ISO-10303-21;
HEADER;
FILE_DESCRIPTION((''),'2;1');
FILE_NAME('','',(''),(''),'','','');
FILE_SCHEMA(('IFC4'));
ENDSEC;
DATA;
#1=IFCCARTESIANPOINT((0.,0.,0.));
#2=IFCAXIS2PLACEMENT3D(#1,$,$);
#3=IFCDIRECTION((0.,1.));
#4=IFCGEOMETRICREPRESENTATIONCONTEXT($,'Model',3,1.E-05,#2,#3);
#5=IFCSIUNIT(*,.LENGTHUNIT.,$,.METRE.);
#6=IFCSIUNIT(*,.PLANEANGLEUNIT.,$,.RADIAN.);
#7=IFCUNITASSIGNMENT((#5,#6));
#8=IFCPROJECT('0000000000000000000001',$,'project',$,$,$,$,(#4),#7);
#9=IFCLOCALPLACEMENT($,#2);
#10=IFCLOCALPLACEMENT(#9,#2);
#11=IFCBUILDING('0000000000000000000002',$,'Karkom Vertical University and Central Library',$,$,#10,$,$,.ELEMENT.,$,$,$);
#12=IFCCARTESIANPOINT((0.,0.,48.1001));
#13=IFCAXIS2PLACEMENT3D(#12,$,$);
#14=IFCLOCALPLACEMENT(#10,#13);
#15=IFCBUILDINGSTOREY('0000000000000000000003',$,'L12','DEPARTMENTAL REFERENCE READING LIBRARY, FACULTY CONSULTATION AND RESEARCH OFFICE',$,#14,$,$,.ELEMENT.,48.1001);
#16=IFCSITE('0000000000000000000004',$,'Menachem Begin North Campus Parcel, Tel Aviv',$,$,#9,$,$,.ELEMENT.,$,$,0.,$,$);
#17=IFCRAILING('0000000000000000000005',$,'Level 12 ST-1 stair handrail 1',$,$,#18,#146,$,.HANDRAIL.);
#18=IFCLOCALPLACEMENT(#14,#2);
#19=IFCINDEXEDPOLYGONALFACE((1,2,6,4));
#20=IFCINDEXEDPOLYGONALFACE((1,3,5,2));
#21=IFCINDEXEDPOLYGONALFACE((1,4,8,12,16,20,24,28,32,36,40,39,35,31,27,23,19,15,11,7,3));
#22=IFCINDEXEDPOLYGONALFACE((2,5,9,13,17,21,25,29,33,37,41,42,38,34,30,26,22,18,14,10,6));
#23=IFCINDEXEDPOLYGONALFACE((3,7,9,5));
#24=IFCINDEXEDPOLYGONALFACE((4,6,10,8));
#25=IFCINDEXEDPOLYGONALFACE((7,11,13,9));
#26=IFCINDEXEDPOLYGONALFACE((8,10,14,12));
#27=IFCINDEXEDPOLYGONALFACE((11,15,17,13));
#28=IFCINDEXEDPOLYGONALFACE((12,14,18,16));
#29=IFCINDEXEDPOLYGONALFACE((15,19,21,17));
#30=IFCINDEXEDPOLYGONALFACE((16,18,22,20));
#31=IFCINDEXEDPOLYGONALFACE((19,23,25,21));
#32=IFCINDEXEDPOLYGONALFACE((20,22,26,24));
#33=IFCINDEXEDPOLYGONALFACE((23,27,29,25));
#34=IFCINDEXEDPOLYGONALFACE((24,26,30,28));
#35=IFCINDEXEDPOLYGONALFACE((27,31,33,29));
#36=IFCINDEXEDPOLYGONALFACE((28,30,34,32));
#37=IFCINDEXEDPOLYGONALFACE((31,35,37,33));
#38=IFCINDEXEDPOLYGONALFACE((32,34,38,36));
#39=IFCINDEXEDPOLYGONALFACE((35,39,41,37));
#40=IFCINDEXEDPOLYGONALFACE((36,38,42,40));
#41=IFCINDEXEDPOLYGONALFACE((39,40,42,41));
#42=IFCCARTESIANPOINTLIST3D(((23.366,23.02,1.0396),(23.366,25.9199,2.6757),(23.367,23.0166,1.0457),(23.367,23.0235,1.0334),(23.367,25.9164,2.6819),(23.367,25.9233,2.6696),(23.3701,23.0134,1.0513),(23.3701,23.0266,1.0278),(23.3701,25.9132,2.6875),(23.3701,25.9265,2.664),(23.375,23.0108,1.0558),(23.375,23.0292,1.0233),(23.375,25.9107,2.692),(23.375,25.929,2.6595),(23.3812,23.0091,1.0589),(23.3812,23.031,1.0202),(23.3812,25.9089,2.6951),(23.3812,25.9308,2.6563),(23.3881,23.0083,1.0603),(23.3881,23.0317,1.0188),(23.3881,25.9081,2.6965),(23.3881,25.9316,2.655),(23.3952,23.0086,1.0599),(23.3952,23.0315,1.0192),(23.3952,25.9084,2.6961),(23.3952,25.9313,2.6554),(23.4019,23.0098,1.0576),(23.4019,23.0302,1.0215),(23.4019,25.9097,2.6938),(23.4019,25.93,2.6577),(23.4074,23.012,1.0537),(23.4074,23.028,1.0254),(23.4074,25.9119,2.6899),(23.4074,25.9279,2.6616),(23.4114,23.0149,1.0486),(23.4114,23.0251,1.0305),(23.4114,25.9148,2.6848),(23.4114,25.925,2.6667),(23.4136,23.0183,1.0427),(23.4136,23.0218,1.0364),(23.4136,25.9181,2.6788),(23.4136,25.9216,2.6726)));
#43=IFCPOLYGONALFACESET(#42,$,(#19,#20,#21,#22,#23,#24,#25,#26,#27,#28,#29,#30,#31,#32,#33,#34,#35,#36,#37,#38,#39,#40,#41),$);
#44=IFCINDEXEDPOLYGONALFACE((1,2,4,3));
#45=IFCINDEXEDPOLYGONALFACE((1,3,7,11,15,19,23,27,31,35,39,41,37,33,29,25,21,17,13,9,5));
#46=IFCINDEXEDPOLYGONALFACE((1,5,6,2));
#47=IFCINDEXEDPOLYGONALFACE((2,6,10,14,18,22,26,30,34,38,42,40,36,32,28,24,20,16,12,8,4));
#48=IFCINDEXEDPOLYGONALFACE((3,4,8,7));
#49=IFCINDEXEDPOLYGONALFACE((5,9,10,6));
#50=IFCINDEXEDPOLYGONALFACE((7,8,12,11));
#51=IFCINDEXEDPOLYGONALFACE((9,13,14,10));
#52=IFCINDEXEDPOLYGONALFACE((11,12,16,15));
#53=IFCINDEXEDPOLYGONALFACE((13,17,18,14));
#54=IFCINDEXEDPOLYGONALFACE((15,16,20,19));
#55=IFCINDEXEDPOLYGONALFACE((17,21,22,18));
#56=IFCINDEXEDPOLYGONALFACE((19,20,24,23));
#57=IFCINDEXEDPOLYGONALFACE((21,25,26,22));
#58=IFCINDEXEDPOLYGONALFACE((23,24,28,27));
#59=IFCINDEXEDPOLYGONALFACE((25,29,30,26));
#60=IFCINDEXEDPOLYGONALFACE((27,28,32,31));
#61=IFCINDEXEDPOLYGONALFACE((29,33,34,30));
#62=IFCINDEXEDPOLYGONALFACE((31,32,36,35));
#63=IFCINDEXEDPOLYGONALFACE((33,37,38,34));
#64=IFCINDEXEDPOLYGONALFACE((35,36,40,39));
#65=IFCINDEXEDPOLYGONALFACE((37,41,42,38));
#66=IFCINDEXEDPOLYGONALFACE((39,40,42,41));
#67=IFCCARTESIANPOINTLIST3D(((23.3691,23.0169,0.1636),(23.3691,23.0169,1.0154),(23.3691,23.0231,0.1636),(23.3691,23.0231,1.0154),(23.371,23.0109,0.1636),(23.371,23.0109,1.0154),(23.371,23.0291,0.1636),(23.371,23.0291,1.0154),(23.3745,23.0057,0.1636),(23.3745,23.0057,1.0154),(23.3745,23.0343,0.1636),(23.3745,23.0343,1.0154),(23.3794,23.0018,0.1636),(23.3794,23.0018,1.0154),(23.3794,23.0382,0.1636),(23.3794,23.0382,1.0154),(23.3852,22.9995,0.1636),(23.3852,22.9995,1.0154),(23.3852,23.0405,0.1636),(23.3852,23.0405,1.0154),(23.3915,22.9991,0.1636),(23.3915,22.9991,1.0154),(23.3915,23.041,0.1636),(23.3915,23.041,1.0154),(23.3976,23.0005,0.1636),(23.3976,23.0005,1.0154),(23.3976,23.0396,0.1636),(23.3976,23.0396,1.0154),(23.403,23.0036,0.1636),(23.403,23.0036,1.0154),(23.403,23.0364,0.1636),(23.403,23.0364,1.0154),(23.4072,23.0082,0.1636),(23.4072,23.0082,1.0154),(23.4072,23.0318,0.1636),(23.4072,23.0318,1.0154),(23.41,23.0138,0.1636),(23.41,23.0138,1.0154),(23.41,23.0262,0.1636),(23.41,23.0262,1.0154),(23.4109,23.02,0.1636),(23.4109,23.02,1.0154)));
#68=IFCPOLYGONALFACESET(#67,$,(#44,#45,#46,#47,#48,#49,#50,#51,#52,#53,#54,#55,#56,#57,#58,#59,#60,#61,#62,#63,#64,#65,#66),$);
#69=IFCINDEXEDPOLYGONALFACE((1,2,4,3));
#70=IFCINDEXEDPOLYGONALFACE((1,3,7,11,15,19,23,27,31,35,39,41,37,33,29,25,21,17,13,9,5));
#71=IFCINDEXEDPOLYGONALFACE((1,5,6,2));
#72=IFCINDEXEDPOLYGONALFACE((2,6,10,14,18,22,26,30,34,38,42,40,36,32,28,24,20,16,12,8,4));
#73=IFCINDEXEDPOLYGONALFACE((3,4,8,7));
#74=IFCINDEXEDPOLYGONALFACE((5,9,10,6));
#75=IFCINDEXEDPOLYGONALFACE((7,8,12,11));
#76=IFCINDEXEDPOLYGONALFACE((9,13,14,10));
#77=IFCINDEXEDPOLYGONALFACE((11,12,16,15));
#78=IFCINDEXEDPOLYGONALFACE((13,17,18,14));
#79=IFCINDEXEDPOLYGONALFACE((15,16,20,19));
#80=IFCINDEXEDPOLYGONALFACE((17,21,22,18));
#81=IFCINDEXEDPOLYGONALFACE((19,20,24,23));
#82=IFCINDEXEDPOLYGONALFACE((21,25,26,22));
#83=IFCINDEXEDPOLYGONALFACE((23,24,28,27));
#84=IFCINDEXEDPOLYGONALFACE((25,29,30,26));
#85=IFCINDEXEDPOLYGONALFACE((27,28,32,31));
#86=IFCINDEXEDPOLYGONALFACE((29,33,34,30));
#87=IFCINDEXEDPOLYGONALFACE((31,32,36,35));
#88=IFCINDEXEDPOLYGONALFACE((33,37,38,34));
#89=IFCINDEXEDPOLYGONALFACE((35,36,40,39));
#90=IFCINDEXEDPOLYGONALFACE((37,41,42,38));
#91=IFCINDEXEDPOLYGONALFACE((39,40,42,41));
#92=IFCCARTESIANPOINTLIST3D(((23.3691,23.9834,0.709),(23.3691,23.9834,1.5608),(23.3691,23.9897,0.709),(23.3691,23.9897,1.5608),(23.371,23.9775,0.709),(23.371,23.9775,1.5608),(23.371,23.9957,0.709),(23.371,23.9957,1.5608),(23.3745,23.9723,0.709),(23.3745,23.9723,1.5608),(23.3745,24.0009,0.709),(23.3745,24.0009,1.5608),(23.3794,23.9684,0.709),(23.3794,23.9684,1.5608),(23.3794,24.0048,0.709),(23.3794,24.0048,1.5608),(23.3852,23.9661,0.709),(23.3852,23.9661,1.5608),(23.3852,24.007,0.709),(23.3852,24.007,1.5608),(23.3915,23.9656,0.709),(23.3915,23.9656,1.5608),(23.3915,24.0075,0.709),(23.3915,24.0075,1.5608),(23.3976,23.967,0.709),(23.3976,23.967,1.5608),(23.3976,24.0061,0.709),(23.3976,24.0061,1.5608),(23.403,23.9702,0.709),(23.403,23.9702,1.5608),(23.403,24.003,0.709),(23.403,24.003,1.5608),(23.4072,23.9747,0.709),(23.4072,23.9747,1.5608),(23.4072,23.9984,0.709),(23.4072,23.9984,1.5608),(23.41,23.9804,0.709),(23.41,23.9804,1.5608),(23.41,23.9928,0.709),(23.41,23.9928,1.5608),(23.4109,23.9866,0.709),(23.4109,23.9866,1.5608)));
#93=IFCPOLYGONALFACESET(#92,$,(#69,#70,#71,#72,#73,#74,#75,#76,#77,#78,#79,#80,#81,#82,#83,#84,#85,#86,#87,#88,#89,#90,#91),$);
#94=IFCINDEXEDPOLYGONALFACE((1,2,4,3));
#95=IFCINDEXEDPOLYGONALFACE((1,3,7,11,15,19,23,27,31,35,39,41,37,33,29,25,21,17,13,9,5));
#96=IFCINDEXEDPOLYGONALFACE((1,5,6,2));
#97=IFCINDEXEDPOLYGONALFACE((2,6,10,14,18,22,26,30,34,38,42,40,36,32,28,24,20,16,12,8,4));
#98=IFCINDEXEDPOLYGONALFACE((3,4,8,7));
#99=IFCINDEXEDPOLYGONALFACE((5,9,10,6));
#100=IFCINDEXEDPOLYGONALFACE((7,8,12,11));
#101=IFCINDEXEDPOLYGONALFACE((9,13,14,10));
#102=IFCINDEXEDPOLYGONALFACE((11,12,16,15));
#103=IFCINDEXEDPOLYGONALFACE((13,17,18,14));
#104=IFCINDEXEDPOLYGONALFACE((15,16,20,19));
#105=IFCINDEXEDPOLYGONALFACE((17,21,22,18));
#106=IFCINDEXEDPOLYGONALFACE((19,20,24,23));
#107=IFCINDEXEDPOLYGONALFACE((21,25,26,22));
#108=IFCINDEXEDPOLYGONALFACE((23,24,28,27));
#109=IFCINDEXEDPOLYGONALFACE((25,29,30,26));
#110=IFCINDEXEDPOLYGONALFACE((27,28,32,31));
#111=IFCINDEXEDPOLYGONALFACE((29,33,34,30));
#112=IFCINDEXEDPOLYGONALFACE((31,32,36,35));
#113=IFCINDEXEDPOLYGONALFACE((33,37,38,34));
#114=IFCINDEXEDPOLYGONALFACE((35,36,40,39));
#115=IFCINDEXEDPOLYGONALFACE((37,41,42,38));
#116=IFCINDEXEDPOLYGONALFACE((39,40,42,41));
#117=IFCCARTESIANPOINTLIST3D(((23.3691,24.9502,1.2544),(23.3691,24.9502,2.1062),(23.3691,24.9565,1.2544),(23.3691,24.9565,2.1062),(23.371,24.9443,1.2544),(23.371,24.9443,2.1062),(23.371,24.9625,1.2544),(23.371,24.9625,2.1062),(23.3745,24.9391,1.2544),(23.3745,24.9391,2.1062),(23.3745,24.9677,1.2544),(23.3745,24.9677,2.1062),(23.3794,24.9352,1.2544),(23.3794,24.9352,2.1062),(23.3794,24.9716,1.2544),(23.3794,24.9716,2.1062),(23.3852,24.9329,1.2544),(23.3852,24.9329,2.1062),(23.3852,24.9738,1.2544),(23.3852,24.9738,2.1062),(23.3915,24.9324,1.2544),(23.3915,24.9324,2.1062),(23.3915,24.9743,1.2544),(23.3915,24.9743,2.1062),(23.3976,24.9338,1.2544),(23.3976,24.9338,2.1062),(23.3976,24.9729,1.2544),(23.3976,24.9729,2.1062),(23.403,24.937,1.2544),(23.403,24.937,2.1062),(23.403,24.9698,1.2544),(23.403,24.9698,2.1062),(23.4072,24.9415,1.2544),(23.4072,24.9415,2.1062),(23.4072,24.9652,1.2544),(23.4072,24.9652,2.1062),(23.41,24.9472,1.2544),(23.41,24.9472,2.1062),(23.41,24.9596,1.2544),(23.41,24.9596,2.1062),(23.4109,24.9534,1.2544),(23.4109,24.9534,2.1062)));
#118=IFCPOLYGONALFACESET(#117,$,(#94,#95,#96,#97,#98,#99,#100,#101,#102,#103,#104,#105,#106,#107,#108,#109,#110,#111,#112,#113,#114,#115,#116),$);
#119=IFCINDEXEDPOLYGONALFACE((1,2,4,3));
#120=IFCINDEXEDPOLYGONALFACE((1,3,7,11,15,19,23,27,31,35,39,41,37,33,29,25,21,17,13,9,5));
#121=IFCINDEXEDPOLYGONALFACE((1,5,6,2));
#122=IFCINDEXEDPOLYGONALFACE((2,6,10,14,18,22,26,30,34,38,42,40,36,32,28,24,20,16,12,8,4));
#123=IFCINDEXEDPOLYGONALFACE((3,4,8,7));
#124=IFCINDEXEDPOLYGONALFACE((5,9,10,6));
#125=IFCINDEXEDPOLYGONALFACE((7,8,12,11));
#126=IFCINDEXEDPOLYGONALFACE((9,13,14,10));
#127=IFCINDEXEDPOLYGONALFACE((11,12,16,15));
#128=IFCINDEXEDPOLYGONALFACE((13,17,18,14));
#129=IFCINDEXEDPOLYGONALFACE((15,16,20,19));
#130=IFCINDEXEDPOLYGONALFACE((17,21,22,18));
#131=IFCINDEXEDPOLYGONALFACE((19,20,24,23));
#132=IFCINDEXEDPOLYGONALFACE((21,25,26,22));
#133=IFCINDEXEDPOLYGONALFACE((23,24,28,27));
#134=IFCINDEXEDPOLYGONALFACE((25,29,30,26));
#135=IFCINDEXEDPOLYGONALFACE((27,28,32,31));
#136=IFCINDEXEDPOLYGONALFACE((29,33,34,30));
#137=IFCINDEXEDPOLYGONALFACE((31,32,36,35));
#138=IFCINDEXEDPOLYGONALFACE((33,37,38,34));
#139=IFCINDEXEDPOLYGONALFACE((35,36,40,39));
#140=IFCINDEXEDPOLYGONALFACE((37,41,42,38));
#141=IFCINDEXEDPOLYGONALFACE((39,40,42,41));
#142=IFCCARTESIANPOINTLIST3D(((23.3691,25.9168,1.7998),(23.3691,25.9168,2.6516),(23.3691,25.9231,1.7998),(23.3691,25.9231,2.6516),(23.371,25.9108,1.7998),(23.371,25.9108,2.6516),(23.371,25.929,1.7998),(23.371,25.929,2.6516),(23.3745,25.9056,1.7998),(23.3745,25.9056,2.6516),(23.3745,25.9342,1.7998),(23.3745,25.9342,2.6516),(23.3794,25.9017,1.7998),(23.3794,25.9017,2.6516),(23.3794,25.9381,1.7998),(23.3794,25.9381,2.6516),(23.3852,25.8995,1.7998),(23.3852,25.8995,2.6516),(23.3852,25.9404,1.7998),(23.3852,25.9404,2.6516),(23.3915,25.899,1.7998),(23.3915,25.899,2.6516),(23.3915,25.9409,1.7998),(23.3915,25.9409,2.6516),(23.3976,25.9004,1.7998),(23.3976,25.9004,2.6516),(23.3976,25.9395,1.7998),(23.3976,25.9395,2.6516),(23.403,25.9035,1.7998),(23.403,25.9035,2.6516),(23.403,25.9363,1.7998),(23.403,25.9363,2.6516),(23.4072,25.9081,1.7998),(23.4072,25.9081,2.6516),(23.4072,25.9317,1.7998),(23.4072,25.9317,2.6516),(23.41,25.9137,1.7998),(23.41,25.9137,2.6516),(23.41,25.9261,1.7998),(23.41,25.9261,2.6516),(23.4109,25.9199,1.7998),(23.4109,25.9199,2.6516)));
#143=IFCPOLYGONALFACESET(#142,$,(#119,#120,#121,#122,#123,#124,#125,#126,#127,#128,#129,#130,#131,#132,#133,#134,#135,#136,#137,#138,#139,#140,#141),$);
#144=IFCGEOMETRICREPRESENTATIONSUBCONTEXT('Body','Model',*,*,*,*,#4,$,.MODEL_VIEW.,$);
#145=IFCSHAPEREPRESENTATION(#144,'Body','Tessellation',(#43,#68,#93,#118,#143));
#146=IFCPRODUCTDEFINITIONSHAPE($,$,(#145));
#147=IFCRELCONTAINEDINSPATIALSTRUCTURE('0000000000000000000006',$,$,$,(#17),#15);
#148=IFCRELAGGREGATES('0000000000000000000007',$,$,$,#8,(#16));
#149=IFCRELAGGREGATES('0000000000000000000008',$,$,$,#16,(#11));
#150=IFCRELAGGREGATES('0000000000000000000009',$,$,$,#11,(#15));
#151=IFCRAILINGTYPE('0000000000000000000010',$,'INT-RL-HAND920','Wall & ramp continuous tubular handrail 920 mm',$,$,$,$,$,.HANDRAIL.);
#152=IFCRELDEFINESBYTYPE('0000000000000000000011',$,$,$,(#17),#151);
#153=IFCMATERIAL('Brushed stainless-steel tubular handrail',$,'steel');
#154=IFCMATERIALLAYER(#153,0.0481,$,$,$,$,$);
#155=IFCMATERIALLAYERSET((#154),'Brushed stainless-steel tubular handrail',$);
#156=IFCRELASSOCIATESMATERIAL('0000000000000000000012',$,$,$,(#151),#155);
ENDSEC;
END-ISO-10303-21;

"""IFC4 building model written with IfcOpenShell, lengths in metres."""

from ifc_helpers import new_model, si_unit, direction, frame, origin, origin_2d, place, context, subcontext, project, spatial, circle, extrude, material, layer, layer_set, type_object, element, save


model = new_model("IFC4")

# Units and contexts
model_context = context("Model", 3, precision=1e-05, world=origin(), true_north=direction((0.0, 1.0)))
body_context = subcontext(model_context, "Body", "Model", "MODEL_VIEW")
ifc_project = project(units=[si_unit("LENGTHUNIT", "METRE"), si_unit("PLANEANGLEUNIT", "RADIAN")], contexts=[model_context])

# Site, building, storey
site_placement = place(None, origin())
site = spatial("IfcSite", under=ifc_project, at=site_placement, Name="Menachem Begin North Campus Parcel, Tel Aviv", CompositionType="ELEMENT", RefElevation=0.0)
building_placement = place(site_placement, origin())
building = spatial("IfcBuilding", under=site, at=building_placement, Name="Karkom Vertical University and Central Library", CompositionType="ELEMENT")
storey_placement = place(building_placement, frame((0.0, 0.0, 48.1001)))
storey = spatial("IfcBuildingStorey", under=building, at=storey_placement, Name="L12", Description="DEPARTMENTAL REFERENCE READING LIBRARY, FACULTY CONSULTATION AND RESEARCH OFFICE", CompositionType="ELEMENT", Elevation=48.1001)

# Railing
ifc_material_1 = material(Name="Brushed stainless-steel tubular handrail", Category="steel")
ifc_layer_1 = layer(ifc_material_1, 0.0481)
ifc_layer_set_1 = layer_set([ifc_layer_1], Name="Brushed stainless-steel tubular handrail")
railing_type_1 = type_object("IfcRailingType", Name="INT-RL-HAND920", Description="Wall & ramp continuous tubular handrail 920 mm", PredefinedType="HANDRAIL", material=ifc_layer_set_1)
railing_1_placement = place(storey_placement, frame((23.3899, 23.02, 0.1636)))
element("IfcRailing", 1, at=railing_1_placement, inside=storey, type_object=railing_type_1, Name="Level 12 ST-1 stair handrail 1", PredefinedType="HANDRAIL", context=body_context, shape_type="SweptSolid", body=[
    extrude(circle(Radius=0.0239, at=origin_2d()), frame((0.0, 0.0, 0.876), z_axis=(0.0, 0.870929, 0.49141), x_axis=(-1.0, 0.0, 0.0)), (0.0, 0.0, 1.0), 3.3296),
    extrude(circle(Radius=0.021, at=origin_2d()), origin(), (0.0, 0.0, 1.0), 0.8518),
    extrude(circle(Radius=0.021, at=origin_2d()), frame((0.0, 0.9666, 0.5454)), (0.0, 0.0, 1.0), 0.8518),
    extrude(circle(Radius=0.021, at=origin_2d()), frame((0.0, 1.9333, 1.0908)), (0.0, 0.0, 1.0), 0.8518),
    extrude(circle(Radius=0.021, at=origin_2d()), frame((0.0, 2.8999, 1.6362)), (0.0, 0.0, 1.0), 0.8518),
])

save(model, "model.ifc")
